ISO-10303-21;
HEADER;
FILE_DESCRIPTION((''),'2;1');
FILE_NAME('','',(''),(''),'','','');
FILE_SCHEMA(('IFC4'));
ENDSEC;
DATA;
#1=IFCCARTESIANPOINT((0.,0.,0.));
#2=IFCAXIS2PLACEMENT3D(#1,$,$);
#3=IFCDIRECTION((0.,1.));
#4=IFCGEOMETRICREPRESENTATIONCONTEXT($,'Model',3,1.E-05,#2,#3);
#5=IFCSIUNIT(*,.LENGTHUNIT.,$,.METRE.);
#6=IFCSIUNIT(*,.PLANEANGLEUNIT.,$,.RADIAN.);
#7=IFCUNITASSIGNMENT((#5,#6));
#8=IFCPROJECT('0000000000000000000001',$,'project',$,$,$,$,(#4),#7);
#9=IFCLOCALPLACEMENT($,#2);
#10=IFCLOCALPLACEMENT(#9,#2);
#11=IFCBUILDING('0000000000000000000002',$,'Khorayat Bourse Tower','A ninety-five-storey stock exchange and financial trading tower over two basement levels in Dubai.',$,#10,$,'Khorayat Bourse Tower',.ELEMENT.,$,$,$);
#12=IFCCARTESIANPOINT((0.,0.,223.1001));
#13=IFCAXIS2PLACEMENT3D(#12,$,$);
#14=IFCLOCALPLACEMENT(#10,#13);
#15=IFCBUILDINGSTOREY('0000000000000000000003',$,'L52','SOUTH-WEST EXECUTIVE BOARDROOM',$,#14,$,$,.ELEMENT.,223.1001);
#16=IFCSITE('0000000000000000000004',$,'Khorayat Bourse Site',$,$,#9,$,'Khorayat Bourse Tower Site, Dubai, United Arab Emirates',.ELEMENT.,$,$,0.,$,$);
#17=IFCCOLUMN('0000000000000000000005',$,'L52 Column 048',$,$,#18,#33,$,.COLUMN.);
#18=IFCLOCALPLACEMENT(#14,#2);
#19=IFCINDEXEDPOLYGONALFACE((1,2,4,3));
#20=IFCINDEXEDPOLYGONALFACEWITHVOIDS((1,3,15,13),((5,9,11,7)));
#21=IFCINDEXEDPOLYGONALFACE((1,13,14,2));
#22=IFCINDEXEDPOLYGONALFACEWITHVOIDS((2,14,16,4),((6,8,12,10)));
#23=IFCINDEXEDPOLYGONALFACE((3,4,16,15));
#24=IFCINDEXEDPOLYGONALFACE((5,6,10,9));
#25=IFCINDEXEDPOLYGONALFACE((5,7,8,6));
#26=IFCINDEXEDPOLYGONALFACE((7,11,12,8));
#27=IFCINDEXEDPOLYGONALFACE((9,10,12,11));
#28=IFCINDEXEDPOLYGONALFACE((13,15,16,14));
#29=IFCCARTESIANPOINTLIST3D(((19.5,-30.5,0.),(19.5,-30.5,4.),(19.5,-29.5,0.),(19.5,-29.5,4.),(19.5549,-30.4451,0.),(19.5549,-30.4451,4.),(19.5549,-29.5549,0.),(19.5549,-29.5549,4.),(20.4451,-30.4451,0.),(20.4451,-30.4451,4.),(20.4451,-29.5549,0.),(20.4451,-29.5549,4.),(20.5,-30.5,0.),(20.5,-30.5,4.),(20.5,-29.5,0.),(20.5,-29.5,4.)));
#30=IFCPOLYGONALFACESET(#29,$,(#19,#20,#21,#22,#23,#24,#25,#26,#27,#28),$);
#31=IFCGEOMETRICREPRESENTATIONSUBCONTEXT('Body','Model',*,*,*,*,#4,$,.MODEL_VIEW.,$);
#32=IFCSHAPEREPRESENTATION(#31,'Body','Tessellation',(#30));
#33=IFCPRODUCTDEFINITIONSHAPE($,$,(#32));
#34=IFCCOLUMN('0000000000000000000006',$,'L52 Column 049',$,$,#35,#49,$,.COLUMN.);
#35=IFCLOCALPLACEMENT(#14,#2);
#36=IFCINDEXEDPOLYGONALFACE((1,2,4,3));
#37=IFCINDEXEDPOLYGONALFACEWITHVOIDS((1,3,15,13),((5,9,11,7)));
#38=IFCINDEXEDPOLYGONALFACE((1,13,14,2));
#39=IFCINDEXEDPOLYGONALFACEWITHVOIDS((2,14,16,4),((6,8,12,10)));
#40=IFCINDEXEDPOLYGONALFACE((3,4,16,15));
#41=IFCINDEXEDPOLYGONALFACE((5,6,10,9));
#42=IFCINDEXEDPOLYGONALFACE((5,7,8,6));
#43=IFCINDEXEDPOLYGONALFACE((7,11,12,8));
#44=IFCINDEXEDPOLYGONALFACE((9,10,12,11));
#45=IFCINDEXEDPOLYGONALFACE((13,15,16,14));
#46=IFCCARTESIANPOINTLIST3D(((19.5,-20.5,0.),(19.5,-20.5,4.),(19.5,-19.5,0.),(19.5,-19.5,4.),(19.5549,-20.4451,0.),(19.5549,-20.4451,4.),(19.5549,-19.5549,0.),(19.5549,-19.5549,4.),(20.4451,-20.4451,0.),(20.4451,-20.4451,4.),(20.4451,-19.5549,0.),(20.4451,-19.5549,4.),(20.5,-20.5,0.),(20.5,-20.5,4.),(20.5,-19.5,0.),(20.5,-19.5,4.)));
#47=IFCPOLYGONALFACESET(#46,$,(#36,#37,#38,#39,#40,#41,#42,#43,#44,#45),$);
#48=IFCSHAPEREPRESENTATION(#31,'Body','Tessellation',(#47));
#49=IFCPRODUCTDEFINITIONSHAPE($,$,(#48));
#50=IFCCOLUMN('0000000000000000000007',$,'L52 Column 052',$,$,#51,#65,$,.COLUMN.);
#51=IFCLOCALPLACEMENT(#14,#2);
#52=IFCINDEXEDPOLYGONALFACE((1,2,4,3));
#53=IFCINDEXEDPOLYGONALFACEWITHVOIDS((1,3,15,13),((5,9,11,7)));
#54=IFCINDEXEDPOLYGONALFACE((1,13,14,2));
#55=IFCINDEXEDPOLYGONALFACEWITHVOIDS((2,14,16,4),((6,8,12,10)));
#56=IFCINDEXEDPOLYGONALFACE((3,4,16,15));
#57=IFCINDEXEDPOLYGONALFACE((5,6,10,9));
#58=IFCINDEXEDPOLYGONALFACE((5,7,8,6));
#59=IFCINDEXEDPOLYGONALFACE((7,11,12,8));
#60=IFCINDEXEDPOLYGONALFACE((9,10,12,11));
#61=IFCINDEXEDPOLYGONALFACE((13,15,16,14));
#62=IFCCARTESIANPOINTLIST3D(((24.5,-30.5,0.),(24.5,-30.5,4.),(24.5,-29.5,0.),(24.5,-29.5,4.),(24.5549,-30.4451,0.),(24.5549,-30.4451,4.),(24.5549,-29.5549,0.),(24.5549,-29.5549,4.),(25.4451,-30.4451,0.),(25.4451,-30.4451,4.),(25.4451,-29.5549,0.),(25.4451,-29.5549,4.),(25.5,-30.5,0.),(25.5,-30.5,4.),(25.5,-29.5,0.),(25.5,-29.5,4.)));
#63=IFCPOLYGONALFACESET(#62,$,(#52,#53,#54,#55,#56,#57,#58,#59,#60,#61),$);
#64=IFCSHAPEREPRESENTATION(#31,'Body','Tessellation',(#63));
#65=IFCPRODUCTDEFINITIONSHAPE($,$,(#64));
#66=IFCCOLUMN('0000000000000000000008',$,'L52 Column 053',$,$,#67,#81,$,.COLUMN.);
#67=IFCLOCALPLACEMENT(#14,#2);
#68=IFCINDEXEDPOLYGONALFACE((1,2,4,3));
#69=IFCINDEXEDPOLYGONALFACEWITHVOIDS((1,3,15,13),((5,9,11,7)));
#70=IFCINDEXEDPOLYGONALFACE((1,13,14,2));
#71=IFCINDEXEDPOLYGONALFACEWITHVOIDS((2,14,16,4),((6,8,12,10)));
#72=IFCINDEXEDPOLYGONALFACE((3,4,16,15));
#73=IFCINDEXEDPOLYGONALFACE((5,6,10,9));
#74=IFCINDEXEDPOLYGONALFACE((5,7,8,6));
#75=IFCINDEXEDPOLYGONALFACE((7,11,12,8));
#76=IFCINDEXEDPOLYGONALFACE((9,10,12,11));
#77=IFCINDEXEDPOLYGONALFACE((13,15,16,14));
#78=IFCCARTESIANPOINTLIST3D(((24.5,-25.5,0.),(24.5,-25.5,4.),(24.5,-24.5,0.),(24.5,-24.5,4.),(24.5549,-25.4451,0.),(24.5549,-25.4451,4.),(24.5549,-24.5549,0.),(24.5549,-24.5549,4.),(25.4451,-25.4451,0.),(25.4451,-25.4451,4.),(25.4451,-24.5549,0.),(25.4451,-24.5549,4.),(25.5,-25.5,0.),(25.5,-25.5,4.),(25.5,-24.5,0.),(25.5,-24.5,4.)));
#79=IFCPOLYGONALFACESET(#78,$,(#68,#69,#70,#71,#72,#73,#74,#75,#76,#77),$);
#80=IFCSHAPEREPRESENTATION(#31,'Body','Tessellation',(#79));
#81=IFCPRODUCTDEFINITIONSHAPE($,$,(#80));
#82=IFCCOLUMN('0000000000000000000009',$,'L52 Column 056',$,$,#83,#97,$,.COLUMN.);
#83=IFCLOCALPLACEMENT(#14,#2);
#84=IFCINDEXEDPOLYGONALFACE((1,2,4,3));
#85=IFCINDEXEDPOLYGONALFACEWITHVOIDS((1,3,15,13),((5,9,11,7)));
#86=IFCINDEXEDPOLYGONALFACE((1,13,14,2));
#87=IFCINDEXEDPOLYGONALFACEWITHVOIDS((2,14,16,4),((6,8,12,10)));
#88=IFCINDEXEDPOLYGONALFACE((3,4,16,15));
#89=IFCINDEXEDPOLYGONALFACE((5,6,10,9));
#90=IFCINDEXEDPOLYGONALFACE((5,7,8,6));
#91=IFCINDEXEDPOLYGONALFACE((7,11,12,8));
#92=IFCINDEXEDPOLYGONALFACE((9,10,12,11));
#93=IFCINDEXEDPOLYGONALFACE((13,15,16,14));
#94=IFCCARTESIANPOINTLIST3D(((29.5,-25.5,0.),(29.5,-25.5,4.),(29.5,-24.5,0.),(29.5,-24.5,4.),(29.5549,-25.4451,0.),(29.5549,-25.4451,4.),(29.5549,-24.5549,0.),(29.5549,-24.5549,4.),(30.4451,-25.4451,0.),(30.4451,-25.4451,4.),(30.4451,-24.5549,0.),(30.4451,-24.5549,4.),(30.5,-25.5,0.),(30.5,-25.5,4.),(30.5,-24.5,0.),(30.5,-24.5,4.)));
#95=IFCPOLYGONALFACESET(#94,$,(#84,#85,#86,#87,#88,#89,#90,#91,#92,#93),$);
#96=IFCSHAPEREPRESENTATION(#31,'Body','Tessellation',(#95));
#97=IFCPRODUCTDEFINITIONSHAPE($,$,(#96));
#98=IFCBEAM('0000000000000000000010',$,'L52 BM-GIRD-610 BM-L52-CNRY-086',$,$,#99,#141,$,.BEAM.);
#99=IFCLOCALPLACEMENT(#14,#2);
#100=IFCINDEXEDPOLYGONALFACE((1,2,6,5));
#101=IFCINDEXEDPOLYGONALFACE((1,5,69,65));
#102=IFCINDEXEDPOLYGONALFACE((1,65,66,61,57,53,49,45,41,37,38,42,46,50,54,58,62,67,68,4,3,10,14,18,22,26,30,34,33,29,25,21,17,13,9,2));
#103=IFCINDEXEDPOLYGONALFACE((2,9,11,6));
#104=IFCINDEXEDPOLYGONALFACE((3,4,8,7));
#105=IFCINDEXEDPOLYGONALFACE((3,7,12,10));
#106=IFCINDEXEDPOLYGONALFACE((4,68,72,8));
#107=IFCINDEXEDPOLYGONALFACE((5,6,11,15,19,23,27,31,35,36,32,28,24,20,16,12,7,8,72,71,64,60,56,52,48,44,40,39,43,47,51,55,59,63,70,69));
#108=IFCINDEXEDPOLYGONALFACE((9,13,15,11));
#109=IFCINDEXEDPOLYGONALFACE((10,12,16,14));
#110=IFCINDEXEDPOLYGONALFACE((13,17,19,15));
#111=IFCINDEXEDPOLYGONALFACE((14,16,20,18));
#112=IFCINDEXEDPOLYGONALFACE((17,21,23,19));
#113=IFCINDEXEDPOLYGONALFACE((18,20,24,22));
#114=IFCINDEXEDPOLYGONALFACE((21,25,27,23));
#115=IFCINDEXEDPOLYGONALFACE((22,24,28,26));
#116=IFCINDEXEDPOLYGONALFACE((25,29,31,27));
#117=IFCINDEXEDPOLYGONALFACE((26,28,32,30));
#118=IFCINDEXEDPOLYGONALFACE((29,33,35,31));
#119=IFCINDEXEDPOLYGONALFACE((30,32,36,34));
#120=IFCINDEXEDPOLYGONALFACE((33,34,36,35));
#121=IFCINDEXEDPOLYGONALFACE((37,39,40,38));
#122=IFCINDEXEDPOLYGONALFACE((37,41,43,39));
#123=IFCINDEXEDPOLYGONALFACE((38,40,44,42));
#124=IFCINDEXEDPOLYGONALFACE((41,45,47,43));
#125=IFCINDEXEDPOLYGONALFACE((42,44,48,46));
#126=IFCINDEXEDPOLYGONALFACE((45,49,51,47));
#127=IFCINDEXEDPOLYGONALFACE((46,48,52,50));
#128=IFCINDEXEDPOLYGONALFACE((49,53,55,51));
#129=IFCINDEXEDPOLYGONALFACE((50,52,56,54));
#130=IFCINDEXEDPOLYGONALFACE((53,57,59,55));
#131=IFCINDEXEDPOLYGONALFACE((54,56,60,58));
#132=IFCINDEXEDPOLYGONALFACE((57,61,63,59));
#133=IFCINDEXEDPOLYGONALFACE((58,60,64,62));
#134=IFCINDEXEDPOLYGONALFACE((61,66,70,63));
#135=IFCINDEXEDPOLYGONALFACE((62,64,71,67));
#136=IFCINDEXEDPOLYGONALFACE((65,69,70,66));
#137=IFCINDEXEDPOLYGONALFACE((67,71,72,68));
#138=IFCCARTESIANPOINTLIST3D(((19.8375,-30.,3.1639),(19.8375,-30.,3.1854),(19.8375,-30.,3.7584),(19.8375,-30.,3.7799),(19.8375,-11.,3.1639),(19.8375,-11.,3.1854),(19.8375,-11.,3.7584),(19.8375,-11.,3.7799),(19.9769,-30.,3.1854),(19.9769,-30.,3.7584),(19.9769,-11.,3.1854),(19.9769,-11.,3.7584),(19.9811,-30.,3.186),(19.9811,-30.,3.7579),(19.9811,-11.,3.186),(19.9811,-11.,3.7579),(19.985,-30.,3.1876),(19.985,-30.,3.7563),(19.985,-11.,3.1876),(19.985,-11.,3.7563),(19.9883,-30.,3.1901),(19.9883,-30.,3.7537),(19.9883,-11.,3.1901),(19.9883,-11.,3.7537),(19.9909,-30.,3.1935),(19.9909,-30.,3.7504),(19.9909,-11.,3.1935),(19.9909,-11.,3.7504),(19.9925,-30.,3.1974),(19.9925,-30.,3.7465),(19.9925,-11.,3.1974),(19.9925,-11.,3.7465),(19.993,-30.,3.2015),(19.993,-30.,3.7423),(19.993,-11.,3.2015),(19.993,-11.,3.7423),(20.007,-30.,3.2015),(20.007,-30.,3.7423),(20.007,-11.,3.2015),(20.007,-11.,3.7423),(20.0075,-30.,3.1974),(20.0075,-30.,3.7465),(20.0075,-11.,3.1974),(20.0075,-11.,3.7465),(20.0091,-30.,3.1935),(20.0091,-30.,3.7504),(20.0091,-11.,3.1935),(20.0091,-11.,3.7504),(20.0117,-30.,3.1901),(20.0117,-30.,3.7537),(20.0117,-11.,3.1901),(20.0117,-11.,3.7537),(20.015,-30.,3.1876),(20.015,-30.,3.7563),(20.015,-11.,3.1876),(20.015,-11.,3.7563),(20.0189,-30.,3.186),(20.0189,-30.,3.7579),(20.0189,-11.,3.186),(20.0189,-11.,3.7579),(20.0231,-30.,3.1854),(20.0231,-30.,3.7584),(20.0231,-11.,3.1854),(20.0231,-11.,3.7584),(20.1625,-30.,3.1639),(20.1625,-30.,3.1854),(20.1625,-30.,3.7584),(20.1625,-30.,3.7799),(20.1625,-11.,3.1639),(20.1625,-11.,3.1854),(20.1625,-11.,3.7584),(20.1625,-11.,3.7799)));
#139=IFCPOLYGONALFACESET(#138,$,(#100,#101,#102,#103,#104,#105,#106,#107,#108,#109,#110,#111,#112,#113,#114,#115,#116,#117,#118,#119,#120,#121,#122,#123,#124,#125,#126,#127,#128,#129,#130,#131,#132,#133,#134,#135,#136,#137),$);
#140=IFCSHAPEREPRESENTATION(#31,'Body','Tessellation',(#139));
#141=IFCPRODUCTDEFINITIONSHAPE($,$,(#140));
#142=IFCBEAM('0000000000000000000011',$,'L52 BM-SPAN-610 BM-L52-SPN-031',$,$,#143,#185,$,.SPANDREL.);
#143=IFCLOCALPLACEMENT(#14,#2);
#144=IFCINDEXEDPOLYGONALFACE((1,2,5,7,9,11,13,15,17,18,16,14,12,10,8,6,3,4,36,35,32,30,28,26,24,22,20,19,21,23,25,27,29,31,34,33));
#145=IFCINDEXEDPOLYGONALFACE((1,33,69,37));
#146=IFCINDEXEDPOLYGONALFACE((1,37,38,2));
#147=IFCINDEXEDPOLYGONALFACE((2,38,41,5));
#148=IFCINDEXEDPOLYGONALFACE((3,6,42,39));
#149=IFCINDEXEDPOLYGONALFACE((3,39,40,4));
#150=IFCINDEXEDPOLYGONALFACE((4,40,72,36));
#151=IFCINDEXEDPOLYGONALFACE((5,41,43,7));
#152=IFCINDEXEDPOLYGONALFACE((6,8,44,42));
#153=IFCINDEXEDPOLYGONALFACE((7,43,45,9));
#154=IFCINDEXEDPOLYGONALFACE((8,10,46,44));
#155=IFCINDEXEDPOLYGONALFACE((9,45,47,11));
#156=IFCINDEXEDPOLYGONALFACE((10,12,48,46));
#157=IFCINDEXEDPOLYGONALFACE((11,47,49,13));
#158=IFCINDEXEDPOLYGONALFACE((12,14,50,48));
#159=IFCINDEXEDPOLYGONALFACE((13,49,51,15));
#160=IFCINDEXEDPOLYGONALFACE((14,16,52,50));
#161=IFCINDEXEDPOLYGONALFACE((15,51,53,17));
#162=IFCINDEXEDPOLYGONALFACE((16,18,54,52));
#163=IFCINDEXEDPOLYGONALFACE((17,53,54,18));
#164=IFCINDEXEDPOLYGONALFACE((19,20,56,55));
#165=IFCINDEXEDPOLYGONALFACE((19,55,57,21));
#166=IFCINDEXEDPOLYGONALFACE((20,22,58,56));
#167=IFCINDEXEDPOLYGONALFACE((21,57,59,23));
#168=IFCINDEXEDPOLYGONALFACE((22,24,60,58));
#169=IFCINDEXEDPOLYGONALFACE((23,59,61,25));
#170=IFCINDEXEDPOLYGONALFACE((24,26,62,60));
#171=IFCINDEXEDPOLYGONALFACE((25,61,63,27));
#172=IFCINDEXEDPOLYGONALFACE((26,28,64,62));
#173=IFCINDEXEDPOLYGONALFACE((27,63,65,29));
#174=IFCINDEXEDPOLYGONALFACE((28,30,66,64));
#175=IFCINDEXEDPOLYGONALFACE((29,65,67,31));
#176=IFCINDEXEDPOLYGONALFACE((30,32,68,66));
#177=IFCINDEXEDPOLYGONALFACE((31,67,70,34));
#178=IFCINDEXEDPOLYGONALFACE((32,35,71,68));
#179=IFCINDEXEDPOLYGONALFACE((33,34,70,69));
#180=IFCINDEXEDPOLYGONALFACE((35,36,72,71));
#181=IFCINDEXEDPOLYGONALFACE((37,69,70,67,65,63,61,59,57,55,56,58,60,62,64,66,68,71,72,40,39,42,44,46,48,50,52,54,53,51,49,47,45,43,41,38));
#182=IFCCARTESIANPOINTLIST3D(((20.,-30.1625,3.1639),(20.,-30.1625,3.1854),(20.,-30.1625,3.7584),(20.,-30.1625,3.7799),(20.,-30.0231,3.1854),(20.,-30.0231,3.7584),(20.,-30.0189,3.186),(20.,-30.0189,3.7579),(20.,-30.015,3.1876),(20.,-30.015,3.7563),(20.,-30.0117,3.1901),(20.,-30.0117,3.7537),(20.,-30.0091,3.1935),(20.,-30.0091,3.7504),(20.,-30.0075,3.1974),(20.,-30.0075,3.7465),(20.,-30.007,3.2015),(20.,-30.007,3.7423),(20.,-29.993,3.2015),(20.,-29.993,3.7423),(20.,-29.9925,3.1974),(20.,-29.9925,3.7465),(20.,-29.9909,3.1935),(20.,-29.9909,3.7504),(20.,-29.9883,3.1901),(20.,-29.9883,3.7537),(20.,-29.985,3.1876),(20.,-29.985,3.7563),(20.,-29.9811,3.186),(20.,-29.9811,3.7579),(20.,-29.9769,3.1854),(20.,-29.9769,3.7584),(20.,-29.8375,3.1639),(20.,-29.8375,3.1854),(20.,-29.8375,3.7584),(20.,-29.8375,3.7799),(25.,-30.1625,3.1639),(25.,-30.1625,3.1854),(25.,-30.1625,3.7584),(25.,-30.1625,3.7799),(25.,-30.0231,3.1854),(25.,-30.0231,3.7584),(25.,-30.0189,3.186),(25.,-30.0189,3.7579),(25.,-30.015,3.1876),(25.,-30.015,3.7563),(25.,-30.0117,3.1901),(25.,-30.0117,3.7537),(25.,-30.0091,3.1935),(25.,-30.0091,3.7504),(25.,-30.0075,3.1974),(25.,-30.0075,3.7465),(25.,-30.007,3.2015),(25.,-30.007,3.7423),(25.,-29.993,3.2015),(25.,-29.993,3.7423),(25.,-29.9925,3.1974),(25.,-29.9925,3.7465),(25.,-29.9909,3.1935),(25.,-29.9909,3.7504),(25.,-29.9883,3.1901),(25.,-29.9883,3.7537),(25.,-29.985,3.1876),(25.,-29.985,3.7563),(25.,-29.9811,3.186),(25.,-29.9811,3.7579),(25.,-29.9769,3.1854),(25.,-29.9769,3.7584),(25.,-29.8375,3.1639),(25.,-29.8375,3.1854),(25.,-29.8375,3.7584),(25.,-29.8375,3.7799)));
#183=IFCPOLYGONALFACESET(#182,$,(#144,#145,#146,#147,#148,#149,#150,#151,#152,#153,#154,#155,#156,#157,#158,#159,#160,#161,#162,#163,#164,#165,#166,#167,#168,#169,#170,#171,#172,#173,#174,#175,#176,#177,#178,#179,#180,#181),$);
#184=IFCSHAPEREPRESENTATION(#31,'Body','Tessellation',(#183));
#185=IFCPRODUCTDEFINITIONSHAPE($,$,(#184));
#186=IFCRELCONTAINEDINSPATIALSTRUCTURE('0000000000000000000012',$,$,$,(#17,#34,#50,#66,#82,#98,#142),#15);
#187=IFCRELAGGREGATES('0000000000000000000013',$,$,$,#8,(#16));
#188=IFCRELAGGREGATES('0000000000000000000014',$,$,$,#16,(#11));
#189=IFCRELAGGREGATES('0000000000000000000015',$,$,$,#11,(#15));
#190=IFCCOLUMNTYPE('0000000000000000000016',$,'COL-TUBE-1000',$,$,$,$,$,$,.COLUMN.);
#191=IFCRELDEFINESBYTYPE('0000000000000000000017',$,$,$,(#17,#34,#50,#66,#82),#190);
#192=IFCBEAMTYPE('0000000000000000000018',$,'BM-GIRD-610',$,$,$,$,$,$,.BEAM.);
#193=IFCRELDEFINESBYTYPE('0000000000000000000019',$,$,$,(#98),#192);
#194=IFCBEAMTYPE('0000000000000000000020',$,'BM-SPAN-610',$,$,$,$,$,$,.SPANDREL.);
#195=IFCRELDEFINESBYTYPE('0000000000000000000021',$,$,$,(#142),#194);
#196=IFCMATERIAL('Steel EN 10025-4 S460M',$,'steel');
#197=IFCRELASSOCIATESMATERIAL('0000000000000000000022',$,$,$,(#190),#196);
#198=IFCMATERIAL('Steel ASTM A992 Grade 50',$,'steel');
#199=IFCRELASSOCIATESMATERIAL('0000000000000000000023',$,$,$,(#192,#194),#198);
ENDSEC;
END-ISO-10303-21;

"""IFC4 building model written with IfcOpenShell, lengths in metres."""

from ifc_helpers import new_model, si_unit, direction, frame, origin, origin_2d, place, context, subcontext, project, spatial, hollow_rectangle, i_section, extrude, source, transform, mapped, material, material_profile, profile_set, type_object, element, save


model = new_model("IFC4")

# Units and contexts
model_context = context("Model", 3, precision=1e-05, world=origin(), true_north=direction((0.0, 1.0)))
body_context = subcontext(model_context, "Body", "Model", "MODEL_VIEW")
ifc_project = project(units=[si_unit("LENGTHUNIT", "METRE"), si_unit("PLANEANGLEUNIT", "RADIAN")], contexts=[model_context])

# Site, building, storey
site_placement = place(None, origin())
site = spatial("IfcSite", under=ifc_project, at=site_placement, Name="Khorayat Bourse Site", LongName="Khorayat Bourse Tower Site, Dubai, United Arab Emirates", CompositionType="ELEMENT", RefElevation=0.0)
building_placement = place(site_placement, origin())
building = spatial("IfcBuilding", under=site, at=building_placement, Name="Khorayat Bourse Tower", Description="A ninety-five-storey stock exchange and financial trading tower over two basement levels in Dubai.", LongName="Khorayat Bourse Tower", CompositionType="ELEMENT")
storey_placement = place(building_placement, frame((0.0, 0.0, 223.1001)))
storey = spatial("IfcBuildingStorey", under=building, at=storey_placement, Name="L52", Description="SOUTH-WEST EXECUTIVE BOARDROOM", CompositionType="ELEMENT", Elevation=223.1001)

# Columns
ifc_material_1 = material(Name="Steel EN 10025-4 S460M", Category="steel")
ifc_material_profile_1 = material_profile(ifc_material_1, hollow_rectangle(XDim=1.0, YDim=1.0, WallThickness=0.0549, at=origin_2d()), Name="BOX 1000x1000x55")
ifc_profile_set_1 = profile_set([ifc_material_profile_1], Name="Steel EN 10025-4 S460M")
column_type = type_object("IfcColumnType", Name="COL-TUBE-1000", PredefinedType="COLUMN", material=ifc_profile_set_1)
shared_shape_1 = source(origin(), body_context, "Body", "SweptSolid", [
    extrude(hollow_rectangle(XDim=1.0, YDim=1.0, WallThickness=0.0549, at=origin_2d()), origin(), (0.0, 0.0, 1.0), 4.0),
])
for number, where, z_axis, x_axis, name in (
    (1, (20.0, -30.0, 0.0), (0.0, 0.0, 1.0), (1.0, 0.0, 0.0), "L52 Column 048"),
    (2, (20.0, -20.0, 0.0), (0.0, 0.0, 1.0), (1.0, 0.0, 0.0), "L52 Column 049"),
    (3, (25.0, -30.0, 0.0), (0.0, 0.0, 1.0), (1.0, 0.0, 0.0), "L52 Column 052"),
    (4, (25.0, -25.0, 0.0), (0.0, 0.0, 1.0), (1.0, 0.0, 0.0), "L52 Column 053"),
    (5, (30.0, -25.0, 0.0), (0.0, 0.0, 1.0), (1.0, 0.0, 0.0), "L52 Column 056"),
):
    element("IfcColumn", number, at=place(storey_placement, frame(where, z_axis=z_axis, x_axis=x_axis)), inside=storey, type_object=column_type, Name=name, PredefinedType="COLUMN", context=body_context, shape_type="MappedRepresentation", body=[
        mapped(shared_shape_1, transform((0.0, 0.0, 0.0), scale=1.0)),
    ])

# Beams
ifc_material_2 = material(Name="Steel ASTM A992 Grade 50", Category="steel")
ifc_material_profile_2 = material_profile(ifc_material_2, i_section(OverallWidth=0.325, OverallDepth=0.616, WebThickness=0.0139, FlangeThickness=0.0215, FilletRadius=0.0161, at=origin_2d()), Name="W610X174")
ifc_profile_set_2 = profile_set([ifc_material_profile_2], Name="Steel ASTM A992 Grade 50")
beam_type_1 = type_object("IfcBeamType", Name="BM-GIRD-610", PredefinedType="BEAM", material=ifc_profile_set_2)
shared_shape_2 = source(origin(), body_context, "Body", "SweptSolid", [
    extrude(i_section(OverallWidth=0.325, OverallDepth=0.616, WebThickness=0.0139, FlangeThickness=0.0215, FilletRadius=0.0161, at=origin_2d()), origin(), (0.0, 0.0, 1.0), 19.0),
])
beam_1_placement = place(storey_placement, frame((20.0, -30.0, 3.4719), z_axis=(0.0, 1.0, 0.0), x_axis=(-1.0, 0.0, 0.0)))
element("IfcBeam", 6, at=beam_1_placement, inside=storey, type_object=beam_type_1, Name="L52 BM-GIRD-610 BM-L52-CNRY-086", PredefinedType="BEAM", context=body_context, shape_type="MappedRepresentation", body=[
    mapped(shared_shape_2, transform((0.0, 0.0, 0.0), scale=1.0)),
])
ifc_material_profile_3 = material_profile(ifc_material_2, i_section(OverallWidth=0.325, OverallDepth=0.616, WebThickness=0.0139, FlangeThickness=0.0215, FilletRadius=0.0161, at=origin_2d()), Name="W610X174")
ifc_profile_set_3 = profile_set([ifc_material_profile_3], Name="Steel ASTM A992 Grade 50")
beam_type_2 = type_object("IfcBeamType", Name="BM-SPAN-610", PredefinedType="SPANDREL", material=ifc_profile_set_3)
shared_shape_3 = source(origin(), body_context, "Body", "SweptSolid", [
    extrude(i_section(OverallWidth=0.325, OverallDepth=0.616, WebThickness=0.0139, FlangeThickness=0.0215, FilletRadius=0.0161, at=origin_2d()), origin(), (0.0, 0.0, 1.0), 5.0),
])
for number, where, z_axis, x_axis, name in (
    (7, (20.0, -30.0, 3.4719), (1.0, 0.0, 0.0), (0.0, 1.0, 0.0), "L52 BM-SPAN-610 BM-L52-SPN-031"),
):
    element("IfcBeam", number, at=place(storey_placement, frame(where, z_axis=z_axis, x_axis=x_axis)), inside=storey, type_object=beam_type_2, Name=name, PredefinedType="SPANDREL", context=body_context, shape_type="MappedRepresentation", body=[
        mapped(shared_shape_3, transform((0.0, 0.0, 0.0), scale=1.0)),
    ])

save(model, "model.ifc")
